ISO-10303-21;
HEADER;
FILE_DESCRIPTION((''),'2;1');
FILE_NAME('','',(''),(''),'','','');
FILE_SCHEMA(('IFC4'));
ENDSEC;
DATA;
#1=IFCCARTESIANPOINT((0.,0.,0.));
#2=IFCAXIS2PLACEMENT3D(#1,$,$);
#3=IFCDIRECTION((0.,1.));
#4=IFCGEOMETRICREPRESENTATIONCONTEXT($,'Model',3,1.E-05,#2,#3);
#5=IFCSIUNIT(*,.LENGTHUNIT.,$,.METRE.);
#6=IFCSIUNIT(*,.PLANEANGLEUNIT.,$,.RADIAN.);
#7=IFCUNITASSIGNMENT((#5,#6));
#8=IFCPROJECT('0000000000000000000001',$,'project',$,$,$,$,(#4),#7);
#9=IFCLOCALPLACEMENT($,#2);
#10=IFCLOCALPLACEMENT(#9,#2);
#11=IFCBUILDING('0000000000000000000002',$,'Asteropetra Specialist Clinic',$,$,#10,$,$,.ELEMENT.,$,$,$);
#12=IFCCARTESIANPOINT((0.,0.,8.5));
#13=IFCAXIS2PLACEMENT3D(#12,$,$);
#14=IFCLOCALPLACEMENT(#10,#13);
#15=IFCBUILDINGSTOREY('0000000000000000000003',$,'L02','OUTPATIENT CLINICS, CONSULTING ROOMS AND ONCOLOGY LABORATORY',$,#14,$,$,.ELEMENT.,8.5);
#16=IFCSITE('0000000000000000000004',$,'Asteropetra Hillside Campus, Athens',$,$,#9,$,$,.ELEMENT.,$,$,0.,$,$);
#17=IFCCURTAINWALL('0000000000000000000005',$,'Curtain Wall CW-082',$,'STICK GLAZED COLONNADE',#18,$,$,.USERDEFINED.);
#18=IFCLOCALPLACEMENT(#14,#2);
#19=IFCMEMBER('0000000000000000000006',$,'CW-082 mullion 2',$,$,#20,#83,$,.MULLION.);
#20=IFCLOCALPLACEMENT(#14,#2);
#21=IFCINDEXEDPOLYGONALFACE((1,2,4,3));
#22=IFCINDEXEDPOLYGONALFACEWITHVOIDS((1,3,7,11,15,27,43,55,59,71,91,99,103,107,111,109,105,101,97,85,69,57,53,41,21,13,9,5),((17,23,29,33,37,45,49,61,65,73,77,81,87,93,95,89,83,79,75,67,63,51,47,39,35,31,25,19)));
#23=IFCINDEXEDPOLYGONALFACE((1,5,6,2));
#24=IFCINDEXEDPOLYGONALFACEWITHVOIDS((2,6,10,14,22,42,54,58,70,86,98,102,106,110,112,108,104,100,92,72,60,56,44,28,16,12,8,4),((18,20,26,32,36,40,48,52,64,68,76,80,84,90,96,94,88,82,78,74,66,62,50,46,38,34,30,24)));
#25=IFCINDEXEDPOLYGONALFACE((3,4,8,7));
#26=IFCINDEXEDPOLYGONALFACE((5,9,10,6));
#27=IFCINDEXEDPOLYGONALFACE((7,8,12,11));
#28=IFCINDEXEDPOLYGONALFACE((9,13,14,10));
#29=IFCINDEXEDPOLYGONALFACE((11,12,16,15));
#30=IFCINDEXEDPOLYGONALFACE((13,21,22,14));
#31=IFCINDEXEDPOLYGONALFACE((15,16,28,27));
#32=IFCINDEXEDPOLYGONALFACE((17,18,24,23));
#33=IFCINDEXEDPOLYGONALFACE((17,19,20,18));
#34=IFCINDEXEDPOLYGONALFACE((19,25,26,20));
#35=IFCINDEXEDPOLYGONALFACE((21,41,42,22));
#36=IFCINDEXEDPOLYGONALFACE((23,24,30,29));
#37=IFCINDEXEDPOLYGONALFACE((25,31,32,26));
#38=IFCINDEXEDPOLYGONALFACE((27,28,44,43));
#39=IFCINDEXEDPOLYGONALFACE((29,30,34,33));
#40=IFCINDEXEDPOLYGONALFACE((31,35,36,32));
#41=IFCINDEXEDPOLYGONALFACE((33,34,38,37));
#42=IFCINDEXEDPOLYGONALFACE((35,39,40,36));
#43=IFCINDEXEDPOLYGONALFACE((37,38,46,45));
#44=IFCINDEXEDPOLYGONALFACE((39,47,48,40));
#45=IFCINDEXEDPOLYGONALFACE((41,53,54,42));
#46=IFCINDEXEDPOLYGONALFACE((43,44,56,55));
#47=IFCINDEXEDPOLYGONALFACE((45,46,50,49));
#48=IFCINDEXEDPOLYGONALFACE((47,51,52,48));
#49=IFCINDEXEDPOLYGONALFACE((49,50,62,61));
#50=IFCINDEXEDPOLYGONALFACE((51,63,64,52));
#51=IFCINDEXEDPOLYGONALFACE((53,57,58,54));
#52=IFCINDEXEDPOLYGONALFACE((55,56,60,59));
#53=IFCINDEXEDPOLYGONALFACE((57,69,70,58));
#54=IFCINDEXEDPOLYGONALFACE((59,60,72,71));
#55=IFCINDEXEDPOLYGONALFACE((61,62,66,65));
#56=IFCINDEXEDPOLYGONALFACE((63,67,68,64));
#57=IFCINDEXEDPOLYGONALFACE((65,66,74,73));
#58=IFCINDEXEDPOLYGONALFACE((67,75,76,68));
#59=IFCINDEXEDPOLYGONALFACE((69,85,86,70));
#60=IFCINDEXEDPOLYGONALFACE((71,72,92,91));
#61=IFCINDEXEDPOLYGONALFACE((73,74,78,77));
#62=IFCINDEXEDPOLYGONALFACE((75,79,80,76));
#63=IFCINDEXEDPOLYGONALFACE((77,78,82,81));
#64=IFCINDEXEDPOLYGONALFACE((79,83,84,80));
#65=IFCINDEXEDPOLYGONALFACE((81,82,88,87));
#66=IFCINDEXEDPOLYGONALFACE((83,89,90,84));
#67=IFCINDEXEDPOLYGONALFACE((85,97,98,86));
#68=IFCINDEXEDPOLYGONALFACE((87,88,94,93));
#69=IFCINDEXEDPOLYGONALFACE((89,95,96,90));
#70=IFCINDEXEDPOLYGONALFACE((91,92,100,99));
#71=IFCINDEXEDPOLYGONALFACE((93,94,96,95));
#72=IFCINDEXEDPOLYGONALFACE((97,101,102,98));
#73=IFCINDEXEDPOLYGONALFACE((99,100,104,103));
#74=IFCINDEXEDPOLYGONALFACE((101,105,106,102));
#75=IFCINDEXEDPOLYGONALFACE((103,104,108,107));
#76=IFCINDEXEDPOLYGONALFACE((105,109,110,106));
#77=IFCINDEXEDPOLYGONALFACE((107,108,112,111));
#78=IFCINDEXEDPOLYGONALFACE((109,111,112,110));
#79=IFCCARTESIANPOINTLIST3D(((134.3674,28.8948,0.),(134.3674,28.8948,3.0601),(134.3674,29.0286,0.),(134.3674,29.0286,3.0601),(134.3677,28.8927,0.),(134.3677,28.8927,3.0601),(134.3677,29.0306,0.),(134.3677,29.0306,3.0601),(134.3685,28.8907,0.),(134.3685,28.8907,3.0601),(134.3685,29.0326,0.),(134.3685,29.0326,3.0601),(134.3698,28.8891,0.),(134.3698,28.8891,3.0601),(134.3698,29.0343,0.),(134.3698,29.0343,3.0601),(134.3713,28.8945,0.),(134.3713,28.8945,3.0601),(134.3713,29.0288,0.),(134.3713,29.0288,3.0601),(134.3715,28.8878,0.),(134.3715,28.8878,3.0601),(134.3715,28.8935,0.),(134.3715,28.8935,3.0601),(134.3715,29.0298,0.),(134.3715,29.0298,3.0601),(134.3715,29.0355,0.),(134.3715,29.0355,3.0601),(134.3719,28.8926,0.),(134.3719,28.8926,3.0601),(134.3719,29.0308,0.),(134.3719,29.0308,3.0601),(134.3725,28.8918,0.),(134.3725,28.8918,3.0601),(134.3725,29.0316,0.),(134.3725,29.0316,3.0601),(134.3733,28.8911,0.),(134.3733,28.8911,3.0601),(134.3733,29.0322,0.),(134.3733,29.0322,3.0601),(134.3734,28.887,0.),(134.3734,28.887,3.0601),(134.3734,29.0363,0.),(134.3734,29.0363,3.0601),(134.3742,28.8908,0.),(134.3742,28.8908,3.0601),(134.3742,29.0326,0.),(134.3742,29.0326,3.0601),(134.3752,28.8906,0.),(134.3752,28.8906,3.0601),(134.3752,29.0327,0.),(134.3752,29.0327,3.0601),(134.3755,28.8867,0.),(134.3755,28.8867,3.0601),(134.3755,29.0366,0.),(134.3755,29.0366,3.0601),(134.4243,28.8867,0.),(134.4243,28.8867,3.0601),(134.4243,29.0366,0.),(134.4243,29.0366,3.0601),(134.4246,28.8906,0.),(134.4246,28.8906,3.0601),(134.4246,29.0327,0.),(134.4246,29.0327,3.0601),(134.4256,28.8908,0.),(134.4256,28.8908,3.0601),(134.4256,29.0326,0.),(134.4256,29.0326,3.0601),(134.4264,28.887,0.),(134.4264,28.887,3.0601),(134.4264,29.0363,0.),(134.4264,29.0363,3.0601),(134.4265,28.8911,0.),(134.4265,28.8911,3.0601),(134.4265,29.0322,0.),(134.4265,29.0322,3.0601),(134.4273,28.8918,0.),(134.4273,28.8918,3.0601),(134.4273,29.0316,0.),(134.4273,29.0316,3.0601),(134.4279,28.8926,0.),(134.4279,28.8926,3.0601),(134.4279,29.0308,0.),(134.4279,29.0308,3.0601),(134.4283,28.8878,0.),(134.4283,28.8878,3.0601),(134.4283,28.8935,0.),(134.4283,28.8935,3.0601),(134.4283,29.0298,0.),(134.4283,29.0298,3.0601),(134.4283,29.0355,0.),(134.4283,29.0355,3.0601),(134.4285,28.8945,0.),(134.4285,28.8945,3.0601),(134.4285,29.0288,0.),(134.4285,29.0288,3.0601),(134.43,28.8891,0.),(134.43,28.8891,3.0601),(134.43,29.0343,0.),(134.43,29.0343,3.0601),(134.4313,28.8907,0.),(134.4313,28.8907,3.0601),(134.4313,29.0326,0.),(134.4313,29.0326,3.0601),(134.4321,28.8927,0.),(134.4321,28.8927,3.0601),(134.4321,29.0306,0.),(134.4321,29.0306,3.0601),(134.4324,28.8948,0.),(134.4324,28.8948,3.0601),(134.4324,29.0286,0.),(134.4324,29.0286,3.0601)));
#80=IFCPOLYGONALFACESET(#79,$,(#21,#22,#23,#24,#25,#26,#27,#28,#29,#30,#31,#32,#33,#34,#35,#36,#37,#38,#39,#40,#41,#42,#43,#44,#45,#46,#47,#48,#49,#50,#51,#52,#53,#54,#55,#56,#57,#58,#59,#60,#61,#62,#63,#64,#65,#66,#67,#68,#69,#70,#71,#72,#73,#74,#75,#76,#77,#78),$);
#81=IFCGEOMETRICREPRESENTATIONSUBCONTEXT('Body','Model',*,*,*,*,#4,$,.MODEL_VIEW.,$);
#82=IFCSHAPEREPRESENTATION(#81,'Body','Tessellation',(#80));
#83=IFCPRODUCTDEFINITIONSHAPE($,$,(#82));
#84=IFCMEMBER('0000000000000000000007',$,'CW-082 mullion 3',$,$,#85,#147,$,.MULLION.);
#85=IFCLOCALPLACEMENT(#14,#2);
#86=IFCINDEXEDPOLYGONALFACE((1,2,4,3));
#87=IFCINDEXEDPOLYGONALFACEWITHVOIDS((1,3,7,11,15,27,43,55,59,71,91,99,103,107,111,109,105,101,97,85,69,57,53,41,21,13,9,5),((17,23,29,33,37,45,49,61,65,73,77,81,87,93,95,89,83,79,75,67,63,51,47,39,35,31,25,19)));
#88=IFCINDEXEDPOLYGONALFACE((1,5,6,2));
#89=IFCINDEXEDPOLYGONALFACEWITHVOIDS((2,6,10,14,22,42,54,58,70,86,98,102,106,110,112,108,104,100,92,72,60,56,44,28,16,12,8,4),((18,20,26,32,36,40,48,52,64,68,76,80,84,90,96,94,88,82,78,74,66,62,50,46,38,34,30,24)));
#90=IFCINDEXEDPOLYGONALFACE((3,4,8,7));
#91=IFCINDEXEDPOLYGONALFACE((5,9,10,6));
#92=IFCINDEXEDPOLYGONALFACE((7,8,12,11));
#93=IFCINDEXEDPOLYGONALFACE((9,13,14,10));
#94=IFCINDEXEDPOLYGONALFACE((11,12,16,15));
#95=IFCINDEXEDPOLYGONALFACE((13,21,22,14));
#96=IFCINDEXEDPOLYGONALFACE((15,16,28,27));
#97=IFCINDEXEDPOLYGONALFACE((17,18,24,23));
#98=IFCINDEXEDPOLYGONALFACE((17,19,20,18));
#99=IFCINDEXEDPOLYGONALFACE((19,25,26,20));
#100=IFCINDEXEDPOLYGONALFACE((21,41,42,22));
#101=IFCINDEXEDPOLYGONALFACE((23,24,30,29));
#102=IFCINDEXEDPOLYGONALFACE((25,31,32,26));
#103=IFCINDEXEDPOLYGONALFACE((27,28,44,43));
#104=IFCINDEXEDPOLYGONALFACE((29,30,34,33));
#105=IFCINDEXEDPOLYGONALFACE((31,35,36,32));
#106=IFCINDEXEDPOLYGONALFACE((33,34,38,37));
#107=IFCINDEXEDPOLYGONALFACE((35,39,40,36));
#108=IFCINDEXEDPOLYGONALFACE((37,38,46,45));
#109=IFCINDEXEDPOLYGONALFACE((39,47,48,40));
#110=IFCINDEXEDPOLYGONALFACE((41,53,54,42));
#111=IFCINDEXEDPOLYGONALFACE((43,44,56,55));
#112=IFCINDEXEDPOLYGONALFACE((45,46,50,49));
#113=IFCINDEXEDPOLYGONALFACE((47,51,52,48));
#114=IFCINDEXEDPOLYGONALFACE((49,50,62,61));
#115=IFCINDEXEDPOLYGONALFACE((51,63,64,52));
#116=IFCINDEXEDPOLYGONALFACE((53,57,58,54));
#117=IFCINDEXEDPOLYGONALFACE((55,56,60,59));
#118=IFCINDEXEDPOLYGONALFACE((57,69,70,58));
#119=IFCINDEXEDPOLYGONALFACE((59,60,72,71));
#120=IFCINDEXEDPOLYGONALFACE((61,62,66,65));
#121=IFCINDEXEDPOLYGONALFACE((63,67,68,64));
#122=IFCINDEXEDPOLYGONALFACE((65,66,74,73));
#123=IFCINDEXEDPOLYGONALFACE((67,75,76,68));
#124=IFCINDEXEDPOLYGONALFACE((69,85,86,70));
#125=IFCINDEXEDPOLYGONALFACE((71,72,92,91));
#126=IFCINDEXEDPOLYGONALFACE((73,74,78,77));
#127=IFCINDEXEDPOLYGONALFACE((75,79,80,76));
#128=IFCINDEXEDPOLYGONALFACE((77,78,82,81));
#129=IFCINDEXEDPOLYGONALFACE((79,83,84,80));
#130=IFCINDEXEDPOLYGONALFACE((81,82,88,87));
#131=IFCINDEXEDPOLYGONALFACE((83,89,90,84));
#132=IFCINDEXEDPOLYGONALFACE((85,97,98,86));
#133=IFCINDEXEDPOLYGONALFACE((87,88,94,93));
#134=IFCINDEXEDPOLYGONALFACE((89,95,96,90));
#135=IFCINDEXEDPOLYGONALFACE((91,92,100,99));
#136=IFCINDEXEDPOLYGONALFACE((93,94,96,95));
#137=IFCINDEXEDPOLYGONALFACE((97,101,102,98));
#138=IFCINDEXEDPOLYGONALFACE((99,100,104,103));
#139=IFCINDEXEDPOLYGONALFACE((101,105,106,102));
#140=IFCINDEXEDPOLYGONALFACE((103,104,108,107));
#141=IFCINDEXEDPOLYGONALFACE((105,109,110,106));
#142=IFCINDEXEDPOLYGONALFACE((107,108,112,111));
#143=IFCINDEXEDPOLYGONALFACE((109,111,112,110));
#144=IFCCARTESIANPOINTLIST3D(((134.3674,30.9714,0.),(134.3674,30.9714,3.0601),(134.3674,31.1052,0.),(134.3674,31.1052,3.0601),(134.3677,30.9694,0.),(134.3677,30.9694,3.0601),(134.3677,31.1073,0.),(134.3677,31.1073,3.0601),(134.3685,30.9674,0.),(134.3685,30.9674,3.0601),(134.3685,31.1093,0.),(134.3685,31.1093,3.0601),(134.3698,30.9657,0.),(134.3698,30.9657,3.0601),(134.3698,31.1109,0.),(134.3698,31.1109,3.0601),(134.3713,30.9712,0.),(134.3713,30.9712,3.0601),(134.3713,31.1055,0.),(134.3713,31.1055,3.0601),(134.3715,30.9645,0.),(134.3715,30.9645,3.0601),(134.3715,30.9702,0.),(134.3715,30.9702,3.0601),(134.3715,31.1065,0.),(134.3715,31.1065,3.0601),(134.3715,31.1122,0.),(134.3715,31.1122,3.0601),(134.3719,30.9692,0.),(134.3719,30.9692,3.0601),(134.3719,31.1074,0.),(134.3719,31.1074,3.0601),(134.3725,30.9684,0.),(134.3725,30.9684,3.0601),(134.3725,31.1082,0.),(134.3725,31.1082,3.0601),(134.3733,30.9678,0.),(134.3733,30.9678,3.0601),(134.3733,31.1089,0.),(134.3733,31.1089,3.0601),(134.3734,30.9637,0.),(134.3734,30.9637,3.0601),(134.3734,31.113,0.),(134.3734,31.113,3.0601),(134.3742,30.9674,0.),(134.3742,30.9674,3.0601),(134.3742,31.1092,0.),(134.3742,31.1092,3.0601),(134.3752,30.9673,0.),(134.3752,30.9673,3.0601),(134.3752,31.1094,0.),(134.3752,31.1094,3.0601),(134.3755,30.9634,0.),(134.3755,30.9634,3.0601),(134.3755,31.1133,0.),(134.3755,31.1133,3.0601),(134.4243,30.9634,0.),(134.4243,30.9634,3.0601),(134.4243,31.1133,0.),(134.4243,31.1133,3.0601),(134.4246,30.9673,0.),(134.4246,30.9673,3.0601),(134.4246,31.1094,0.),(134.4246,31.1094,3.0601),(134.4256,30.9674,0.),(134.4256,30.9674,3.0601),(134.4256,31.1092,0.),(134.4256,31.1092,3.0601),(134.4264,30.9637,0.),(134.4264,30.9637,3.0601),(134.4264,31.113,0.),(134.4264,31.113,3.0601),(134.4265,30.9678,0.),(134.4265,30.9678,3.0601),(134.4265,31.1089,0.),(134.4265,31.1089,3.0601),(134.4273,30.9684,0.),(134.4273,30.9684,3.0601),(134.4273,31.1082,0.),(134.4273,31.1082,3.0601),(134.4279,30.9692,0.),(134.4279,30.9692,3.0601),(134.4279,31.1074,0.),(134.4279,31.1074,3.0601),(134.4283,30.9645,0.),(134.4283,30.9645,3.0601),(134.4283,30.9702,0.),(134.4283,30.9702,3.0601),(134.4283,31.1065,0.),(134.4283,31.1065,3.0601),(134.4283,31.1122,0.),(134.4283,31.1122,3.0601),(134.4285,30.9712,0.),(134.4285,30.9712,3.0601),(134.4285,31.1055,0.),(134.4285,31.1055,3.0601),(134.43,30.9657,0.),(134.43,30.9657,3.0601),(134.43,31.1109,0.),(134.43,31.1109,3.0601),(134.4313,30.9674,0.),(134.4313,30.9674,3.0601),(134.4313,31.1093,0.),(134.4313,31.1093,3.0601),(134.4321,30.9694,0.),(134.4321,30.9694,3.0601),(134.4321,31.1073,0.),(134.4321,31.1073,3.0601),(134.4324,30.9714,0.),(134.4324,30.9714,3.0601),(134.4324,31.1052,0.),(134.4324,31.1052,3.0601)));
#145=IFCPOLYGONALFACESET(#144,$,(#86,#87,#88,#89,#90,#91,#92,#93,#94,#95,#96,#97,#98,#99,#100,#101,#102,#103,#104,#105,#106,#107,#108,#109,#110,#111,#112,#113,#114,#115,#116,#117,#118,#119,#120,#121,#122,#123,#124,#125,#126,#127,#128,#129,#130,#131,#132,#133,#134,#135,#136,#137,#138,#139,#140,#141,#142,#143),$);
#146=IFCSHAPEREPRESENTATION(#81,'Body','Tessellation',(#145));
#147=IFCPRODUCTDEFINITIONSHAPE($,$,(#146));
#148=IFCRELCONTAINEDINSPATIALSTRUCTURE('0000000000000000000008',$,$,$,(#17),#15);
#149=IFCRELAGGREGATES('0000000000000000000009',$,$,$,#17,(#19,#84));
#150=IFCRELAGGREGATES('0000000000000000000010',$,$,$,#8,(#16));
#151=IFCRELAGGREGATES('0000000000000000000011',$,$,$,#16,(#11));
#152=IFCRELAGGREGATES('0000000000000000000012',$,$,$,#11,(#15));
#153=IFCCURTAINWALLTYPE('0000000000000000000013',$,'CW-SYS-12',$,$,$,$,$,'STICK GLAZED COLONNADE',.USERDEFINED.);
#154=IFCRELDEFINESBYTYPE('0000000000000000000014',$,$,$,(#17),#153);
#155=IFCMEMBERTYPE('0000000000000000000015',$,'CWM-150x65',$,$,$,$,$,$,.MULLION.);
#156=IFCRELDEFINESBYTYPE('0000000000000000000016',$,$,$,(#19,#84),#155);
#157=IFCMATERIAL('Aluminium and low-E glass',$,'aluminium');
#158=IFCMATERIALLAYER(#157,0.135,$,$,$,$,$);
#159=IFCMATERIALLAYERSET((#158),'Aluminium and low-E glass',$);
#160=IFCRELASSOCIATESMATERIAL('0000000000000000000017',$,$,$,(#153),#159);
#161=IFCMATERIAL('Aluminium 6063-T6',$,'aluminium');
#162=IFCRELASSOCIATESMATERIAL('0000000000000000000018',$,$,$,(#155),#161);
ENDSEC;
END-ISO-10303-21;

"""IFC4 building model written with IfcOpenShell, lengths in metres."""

from ifc_helpers import new_model, si_unit, direction, frame, origin, origin_2d, place, context, subcontext, project, spatial, hollow_rectangle, extrude, material, layer, layer_set, material_profile, profile_set, type_object, element, aggregate, save


model = new_model("IFC4")

# Units and contexts
model_context = context("Model", 3, precision=1e-05, world=origin(), true_north=direction((0.0, 1.0)))
body_context = subcontext(model_context, "Body", "Model", "MODEL_VIEW")
ifc_project = project(units=[si_unit("LENGTHUNIT", "METRE"), si_unit("PLANEANGLEUNIT", "RADIAN")], contexts=[model_context])

# Site, building, storey
site_placement = place(None, origin())
site = spatial("IfcSite", under=ifc_project, at=site_placement, Name="Asteropetra Hillside Campus, Athens", CompositionType="ELEMENT", RefElevation=0.0)
building_placement = place(site_placement, origin())
building = spatial("IfcBuilding", under=site, at=building_placement, Name="Asteropetra Specialist Clinic", CompositionType="ELEMENT")
storey_placement = place(building_placement, frame((0.0, 0.0, 8.5)))
storey = spatial("IfcBuildingStorey", under=building, at=storey_placement, Name="L02", Description="OUTPATIENT CLINICS, CONSULTING ROOMS AND ONCOLOGY LABORATORY", CompositionType="ELEMENT", Elevation=8.5)

# Curtain wall, members
ifc_material_1 = material(Name="Aluminium and low-E glass", Category="aluminium")
ifc_layer_1 = layer(ifc_material_1, 0.135)
ifc_layer_set_1 = layer_set([ifc_layer_1], Name="Aluminium and low-E glass")
curtain_wall_type_1 = type_object("IfcCurtainWallType", Name="CW-SYS-12", ElementType="STICK GLAZED COLONNADE", PredefinedType="USERDEFINED", material=ifc_layer_set_1)
curtain_wall_1_placement = place(storey_placement, origin())
curtain_wall_1 = element("IfcCurtainWall", 1, at=curtain_wall_1_placement, inside=storey, type_object=curtain_wall_type_1, Name="Curtain Wall CW-082", ObjectType="STICK GLAZED COLONNADE", PredefinedType="USERDEFINED")
ifc_material_2 = material(Name="Aluminium 6063-T6", Category="aluminium")
ifc_material_profile_1 = material_profile(ifc_material_2, hollow_rectangle(XDim=0.0649, YDim=0.1499, WallThickness=0.0039, InnerFilletRadius=0.0039, OuterFilletRadius=0.0081, at=origin_2d()), Name="MUL 150x65x4.0")
ifc_profile_set_1 = profile_set([ifc_material_profile_1], Name="Aluminium 6063-T6")
member_type_1 = type_object("IfcMemberType", Name="CWM-150x65", PredefinedType="MULLION", material=ifc_profile_set_1)
member_1_placement = place(storey_placement, frame((134.3999, 28.9617, 0.0), z_axis=(0.0, 0.0, 1.0), x_axis=(-1.0, 0.0, 0.0)))
member_1 = element("IfcMember", 2, at=member_1_placement, type_object=member_type_1, Name="CW-082 mullion 2", PredefinedType="MULLION", context=body_context, shape_type="SweptSolid", body=[
    extrude(hollow_rectangle(XDim=0.0649, YDim=0.1499, WallThickness=0.0039, InnerFilletRadius=0.0039, OuterFilletRadius=0.0081, at=origin_2d()), origin(), (0.0, 0.0, 1.0), 3.0601),
])
member_2_placement = place(storey_placement, frame((134.3999, 31.0383, 0.0), z_axis=(0.0, 0.0, 1.0), x_axis=(-1.0, 0.0, 0.0)))
member_2 = element("IfcMember", 3, at=member_2_placement, type_object=member_type_1, Name="CW-082 mullion 3", PredefinedType="MULLION", context=body_context, shape_type="SweptSolid", body=[
    extrude(hollow_rectangle(XDim=0.0649, YDim=0.1499, WallThickness=0.0039, InnerFilletRadius=0.0039, OuterFilletRadius=0.0081, at=origin_2d()), origin(), (0.0, 0.0, 1.0), 3.0601),
])

aggregate(curtain_wall_1, [member_1, member_2])

save(model, "model.ifc")
